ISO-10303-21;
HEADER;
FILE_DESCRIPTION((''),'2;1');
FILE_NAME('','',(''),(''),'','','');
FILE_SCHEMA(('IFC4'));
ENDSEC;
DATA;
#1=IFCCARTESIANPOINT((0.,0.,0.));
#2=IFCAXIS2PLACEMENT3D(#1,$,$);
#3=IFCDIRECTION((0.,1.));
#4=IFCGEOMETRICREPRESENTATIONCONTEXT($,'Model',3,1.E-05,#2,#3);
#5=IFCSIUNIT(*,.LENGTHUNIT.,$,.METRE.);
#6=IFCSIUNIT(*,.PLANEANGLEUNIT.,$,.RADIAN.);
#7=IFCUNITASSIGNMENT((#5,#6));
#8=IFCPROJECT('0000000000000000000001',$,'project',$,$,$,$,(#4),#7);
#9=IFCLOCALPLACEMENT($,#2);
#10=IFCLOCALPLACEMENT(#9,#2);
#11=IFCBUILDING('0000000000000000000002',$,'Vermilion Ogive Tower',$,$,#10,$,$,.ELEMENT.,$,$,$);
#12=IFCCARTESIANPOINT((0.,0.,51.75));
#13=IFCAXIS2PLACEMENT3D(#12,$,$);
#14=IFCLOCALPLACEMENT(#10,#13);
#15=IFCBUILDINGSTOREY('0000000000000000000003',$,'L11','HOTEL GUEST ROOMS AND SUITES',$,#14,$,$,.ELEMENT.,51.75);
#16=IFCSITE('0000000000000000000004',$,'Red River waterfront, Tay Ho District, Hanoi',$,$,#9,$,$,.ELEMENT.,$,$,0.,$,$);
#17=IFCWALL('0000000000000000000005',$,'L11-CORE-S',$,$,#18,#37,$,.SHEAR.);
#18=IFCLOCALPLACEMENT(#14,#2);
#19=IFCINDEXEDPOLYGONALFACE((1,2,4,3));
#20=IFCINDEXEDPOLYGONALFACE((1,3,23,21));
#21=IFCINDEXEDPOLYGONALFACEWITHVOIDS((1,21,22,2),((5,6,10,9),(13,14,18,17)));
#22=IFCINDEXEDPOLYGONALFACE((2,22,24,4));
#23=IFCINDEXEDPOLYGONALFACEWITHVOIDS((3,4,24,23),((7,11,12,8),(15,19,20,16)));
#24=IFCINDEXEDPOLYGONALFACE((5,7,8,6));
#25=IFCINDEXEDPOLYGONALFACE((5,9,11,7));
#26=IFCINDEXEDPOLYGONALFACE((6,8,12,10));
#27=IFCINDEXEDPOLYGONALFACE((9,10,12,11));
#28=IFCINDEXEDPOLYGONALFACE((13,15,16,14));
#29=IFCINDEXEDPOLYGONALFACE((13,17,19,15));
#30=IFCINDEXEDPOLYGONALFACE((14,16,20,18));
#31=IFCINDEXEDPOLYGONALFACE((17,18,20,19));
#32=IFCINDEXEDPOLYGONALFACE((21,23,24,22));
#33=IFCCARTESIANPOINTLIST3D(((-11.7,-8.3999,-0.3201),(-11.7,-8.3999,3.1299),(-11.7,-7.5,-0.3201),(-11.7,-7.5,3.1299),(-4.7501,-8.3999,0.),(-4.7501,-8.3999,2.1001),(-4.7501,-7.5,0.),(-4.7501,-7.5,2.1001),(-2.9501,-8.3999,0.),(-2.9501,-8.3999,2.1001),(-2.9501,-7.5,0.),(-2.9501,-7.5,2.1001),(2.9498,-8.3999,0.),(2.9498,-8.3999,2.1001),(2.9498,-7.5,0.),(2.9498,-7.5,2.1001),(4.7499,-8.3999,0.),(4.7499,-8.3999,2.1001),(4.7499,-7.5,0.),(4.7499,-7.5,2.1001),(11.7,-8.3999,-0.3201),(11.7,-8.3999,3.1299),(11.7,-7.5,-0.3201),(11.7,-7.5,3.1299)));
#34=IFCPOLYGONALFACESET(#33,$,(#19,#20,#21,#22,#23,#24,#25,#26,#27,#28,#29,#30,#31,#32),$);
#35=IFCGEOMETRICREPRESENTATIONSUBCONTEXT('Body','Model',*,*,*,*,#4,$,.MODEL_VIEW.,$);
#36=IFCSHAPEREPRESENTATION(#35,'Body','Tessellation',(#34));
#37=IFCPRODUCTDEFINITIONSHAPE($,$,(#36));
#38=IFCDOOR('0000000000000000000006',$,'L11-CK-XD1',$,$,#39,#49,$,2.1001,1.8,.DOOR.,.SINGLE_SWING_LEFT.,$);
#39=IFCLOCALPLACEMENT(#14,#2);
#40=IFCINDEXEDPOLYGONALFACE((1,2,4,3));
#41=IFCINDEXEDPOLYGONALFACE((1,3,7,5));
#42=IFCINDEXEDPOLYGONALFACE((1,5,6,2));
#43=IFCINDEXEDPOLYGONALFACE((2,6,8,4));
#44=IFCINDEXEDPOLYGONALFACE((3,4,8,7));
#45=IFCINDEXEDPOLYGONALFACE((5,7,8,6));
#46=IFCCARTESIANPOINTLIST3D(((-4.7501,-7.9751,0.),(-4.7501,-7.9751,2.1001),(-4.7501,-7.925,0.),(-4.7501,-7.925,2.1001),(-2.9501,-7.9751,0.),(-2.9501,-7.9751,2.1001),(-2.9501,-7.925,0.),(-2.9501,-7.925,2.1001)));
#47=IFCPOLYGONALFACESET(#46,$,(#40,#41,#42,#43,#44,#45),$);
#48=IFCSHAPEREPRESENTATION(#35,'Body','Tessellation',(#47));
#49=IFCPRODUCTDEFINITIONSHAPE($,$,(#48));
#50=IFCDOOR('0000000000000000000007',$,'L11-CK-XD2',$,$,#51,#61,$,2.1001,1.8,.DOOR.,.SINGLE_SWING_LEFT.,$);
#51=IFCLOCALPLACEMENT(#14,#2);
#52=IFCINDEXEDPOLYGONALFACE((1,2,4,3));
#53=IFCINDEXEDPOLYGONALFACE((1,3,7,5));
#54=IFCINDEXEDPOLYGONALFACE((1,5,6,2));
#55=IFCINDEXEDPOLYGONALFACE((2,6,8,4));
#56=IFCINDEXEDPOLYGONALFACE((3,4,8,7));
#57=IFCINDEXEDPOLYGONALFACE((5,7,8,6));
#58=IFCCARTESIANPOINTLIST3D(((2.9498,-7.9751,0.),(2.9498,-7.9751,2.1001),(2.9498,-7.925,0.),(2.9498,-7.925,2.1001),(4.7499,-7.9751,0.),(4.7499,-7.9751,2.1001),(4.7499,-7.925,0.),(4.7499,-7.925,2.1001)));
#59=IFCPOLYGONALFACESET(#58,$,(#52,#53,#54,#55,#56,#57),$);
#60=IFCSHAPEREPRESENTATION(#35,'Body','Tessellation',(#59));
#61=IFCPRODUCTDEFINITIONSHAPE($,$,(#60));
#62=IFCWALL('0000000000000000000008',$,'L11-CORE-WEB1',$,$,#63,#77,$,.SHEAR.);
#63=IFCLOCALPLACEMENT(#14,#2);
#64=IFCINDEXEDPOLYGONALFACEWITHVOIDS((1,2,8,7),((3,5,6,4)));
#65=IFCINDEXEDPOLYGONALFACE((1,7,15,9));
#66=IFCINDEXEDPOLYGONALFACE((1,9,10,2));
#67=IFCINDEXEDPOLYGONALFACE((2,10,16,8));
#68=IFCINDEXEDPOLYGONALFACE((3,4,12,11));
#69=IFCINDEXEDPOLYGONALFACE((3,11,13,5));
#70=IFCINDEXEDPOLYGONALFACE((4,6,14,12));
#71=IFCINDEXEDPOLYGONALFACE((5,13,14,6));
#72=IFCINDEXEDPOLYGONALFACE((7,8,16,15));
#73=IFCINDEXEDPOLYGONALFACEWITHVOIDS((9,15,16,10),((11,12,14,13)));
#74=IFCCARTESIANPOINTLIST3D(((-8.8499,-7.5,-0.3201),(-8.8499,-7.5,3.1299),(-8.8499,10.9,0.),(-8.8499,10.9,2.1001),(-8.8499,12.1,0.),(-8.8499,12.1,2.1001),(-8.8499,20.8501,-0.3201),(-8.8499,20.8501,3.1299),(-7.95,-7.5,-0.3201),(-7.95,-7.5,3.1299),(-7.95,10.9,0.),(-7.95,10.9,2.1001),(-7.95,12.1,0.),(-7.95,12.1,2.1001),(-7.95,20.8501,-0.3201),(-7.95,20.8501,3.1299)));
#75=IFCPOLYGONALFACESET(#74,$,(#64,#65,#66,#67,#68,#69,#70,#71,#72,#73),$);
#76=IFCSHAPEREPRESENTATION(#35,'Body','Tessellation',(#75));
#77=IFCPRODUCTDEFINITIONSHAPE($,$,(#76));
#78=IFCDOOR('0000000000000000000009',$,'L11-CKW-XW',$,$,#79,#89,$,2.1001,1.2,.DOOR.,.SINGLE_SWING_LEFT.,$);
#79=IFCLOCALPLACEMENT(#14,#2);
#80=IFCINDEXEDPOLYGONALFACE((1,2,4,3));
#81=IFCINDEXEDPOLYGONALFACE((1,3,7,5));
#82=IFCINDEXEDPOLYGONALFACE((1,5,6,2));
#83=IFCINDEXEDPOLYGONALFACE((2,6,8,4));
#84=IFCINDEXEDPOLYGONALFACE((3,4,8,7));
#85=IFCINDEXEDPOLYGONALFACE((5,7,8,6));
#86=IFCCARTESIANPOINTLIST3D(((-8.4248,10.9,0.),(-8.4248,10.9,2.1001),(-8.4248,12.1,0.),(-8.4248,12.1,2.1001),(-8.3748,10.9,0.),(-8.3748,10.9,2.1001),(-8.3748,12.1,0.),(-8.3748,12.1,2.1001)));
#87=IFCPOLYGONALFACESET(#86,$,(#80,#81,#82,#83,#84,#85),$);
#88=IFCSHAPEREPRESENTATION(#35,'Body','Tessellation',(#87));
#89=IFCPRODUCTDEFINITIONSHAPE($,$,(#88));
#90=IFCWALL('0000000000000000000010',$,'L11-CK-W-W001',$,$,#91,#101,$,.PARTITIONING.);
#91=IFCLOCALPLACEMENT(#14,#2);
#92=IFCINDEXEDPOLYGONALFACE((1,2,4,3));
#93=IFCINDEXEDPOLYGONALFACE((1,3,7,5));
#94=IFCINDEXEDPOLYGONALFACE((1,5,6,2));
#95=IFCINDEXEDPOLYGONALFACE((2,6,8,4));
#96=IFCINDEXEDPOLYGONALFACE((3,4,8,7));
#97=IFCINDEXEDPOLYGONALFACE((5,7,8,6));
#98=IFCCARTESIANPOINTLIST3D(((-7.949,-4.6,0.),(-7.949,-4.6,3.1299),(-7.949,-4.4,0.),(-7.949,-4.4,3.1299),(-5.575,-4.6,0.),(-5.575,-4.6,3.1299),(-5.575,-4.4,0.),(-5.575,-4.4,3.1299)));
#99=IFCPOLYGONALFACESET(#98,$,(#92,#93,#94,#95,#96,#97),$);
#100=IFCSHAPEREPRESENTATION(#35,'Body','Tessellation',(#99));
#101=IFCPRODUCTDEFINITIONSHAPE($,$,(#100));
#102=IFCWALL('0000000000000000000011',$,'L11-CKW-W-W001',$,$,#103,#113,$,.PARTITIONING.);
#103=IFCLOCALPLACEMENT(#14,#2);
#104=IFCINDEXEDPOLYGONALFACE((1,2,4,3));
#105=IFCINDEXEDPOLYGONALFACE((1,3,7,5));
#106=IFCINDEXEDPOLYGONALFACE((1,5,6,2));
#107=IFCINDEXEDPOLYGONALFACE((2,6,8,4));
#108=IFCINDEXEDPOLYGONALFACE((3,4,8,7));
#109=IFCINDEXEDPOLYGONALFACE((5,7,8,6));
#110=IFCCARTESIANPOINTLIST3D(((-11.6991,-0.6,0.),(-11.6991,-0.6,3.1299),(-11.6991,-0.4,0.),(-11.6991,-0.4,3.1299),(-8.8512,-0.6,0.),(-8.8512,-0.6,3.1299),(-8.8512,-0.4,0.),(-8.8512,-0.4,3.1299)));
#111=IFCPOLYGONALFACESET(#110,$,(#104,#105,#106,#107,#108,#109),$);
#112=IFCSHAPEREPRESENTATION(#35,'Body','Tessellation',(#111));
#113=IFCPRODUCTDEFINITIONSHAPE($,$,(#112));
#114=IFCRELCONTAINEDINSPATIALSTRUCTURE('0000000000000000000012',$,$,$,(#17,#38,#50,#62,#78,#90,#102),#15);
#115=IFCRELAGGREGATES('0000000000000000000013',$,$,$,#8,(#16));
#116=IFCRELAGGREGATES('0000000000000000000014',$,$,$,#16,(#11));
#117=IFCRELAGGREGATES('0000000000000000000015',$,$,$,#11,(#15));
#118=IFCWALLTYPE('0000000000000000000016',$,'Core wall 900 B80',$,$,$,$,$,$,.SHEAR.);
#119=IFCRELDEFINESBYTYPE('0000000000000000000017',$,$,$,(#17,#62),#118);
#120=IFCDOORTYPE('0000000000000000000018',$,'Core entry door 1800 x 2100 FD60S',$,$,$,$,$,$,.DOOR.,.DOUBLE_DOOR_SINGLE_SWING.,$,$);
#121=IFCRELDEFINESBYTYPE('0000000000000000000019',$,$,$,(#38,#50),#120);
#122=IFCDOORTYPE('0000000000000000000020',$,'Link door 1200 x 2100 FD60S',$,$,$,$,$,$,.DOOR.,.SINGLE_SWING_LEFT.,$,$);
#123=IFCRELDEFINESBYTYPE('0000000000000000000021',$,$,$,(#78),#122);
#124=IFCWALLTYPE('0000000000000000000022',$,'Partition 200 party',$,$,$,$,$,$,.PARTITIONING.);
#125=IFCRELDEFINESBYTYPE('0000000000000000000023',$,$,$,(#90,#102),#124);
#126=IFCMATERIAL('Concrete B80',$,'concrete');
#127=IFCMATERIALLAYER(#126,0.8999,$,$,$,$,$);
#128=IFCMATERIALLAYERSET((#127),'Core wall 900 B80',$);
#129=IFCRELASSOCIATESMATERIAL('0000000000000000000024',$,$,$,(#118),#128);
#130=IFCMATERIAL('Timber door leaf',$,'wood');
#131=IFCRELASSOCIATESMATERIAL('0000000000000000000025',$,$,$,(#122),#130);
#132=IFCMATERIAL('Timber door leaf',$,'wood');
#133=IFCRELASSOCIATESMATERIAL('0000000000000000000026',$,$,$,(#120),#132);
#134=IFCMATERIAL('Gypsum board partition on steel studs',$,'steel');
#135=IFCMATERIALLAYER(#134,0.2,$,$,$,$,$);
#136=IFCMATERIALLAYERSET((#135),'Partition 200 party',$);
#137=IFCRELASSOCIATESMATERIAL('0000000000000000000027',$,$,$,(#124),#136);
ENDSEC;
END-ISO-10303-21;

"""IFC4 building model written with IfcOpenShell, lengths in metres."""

from ifc_helpers import new_model, si_unit, direction, frame, frame_2d, origin, place, context, subcontext, project, spatial, rectangle, extrude, material, layer, layer_set, type_object, element, fill, save


model = new_model("IFC4")

# Units and contexts
model_context = context("Model", 3, precision=1e-05, world=origin(), true_north=direction((0.0, 1.0)))
body_context = subcontext(model_context, "Body", "Model", "MODEL_VIEW")
ifc_project = project(units=[si_unit("LENGTHUNIT", "METRE"), si_unit("PLANEANGLEUNIT", "RADIAN")], contexts=[model_context])

# Site, building, storey
site_placement = place(None, origin())
site = spatial("IfcSite", under=ifc_project, at=site_placement, Name="Red River waterfront, Tay Ho District, Hanoi", CompositionType="ELEMENT", RefElevation=0.0)
building_placement = place(site_placement, origin())
building = spatial("IfcBuilding", under=site, at=building_placement, Name="Vermilion Ogive Tower", CompositionType="ELEMENT")
storey_placement = place(building_placement, frame((0.0, 0.0, 51.75)))
storey = spatial("IfcBuildingStorey", under=building, at=storey_placement, Name="L11", Description="HOTEL GUEST ROOMS AND SUITES", CompositionType="ELEMENT", Elevation=51.75)

# Wall, openings, doors
ifc_material_1 = material(Name="Concrete B80", Category="concrete")
ifc_layer_1 = layer(ifc_material_1, 0.8999)
ifc_layer_set_1 = layer_set([ifc_layer_1], Name="Core wall 900 B80")
wall_type_1 = type_object("IfcWallType", Name="Core wall 900 B80", PredefinedType="SHEAR", material=ifc_layer_set_1)
ifc_material_2 = material(Name="Timber door leaf", Category="wood")
door_type_1 = type_object("IfcDoorType", Name="Link door 1200 x 2100 FD60S", OperationType="SINGLE_SWING_LEFT", PredefinedType="DOOR", material=ifc_material_2)
wall_1_placement = place(storey_placement, frame((-11.7, -7.95, -0.3201), z_axis=(0.0, 0.0, 1.0), x_axis=(1.0, 0.0, 0.0)))
wall_1 = element("IfcWall", 1, at=wall_1_placement, inside=storey, type_object=wall_type_1, Name="L11-CORE-S", PredefinedType="SHEAR", context=body_context, shape_type="SweptSolid", body=[
    extrude(rectangle(XDim=23.3999, YDim=0.8999, at=frame_2d((11.7, 0.0))), origin(), (0.0, 0.0, 1.0), 3.45),
])
opening_1_placement = place(wall_1_placement, frame((6.95, 0.0, 0.3201)))
opening_1 = element("IfcOpeningElement", 2, at=opening_1_placement, cuts=wall_1, PredefinedType="OPENING", context=body_context, shape_type="SweptSolid", body=[
    extrude(rectangle(XDim=1.8, YDim=2.1001, at=frame_2d((0.8999, 1.05))), frame((0.0, 0.46, 0.0), z_axis=(0.0, -1.0, 0.0), x_axis=(1.0, 0.0, 0.0)), (0.0, 0.0, 1.0), 0.9199),
])
opening_2_placement = place(wall_1_placement, frame((14.6499, 0.0, 0.3201)))
opening_2 = element("IfcOpeningElement", 3, at=opening_2_placement, cuts=wall_1, PredefinedType="OPENING", context=body_context, shape_type="SweptSolid", body=[
    extrude(rectangle(XDim=1.8, YDim=2.1001, at=frame_2d((0.8999, 1.05))), frame((0.0, 0.46, 0.0), z_axis=(0.0, -1.0, 0.0), x_axis=(1.0, 0.0, 0.0)), (0.0, 0.0, 1.0), 0.9199),
])
ifc_material_3 = material(Name="Timber door leaf", Category="wood")
door_type_2 = type_object("IfcDoorType", Name="Core entry door 1800 x 2100 FD60S", OperationType="DOUBLE_DOOR_SINGLE_SWING", PredefinedType="DOOR", material=ifc_material_3)
door_1_placement = place(opening_1_placement, origin())
door_1 = element("IfcDoor", 4, at=door_1_placement, inside=storey, type_object=door_type_2, Name="L11-CK-XD1", OperationType="SINGLE_SWING_LEFT", OverallHeight=2.1001, OverallWidth=1.8, PredefinedType="DOOR", context=body_context, shape_type="SweptSolid", body=[
    extrude(rectangle(XDim=1.8, YDim=2.1001, at=frame_2d((0.8999, 1.05))), frame((0.0, 0.0249, 0.0), z_axis=(0.0, -1.0, 0.0), x_axis=(1.0, 0.0, 0.0)), (0.0, 0.0, 1.0), 0.05),
])
fill(opening_1, door_1)
door_2_placement = place(opening_2_placement, origin())
door_2 = element("IfcDoor", 5, at=door_2_placement, inside=storey, type_object=door_type_2, Name="L11-CK-XD2", OperationType="SINGLE_SWING_LEFT", OverallHeight=2.1001, OverallWidth=1.8, PredefinedType="DOOR", context=body_context, shape_type="SweptSolid", body=[
    extrude(rectangle(XDim=1.8, YDim=2.1001, at=frame_2d((0.8999, 1.05))), frame((0.0, 0.0249, 0.0), z_axis=(0.0, -1.0, 0.0), x_axis=(1.0, 0.0, 0.0)), (0.0, 0.0, 1.0), 0.05),
])
fill(opening_2, door_2)

# Wall, opening, door
wall_2_placement = place(storey_placement, frame((-8.3999, -7.5, -0.3201), z_axis=(0.0, 0.0, 1.0), x_axis=(0.0, 1.0, 0.0)))
wall_2 = element("IfcWall", 6, at=wall_2_placement, inside=storey, type_object=wall_type_1, Name="L11-CORE-WEB1", PredefinedType="SHEAR", context=body_context, shape_type="SweptSolid", body=[
    extrude(rectangle(XDim=28.3501, YDim=0.8999, at=frame_2d((14.175, 0.0))), origin(), (0.0, 0.0, 1.0), 3.45),
])
opening_3_placement = place(wall_2_placement, frame((18.3999, 0.0, 0.3201)))
opening_3 = element("IfcOpeningElement", 7, at=opening_3_placement, cuts=wall_2, PredefinedType="OPENING", context=body_context, shape_type="SweptSolid", body=[
    extrude(rectangle(XDim=1.2, YDim=2.1001, at=frame_2d((0.6001, 1.05))), frame((0.0, 0.46, 0.0), z_axis=(0.0, -1.0, 0.0), x_axis=(1.0, 0.0, 0.0)), (0.0, 0.0, 1.0), 0.9199),
])
door_3_placement = place(opening_3_placement, origin())
door_3 = element("IfcDoor", 8, at=door_3_placement, inside=storey, type_object=door_type_1, Name="L11-CKW-XW", OperationType="SINGLE_SWING_LEFT", OverallHeight=2.1001, OverallWidth=1.2, PredefinedType="DOOR", context=body_context, shape_type="SweptSolid", body=[
    extrude(rectangle(XDim=1.2, YDim=2.1001, at=frame_2d((0.6001, 1.05))), frame((0.0, 0.0249, 0.0), z_axis=(0.0, -1.0, 0.0), x_axis=(1.0, 0.0, 0.0)), (0.0, 0.0, 1.0), 0.05),
])
fill(opening_3, door_3)

# Walls
ifc_material_4 = material(Name="Gypsum board partition on steel studs", Category="steel")
ifc_layer_2 = layer(ifc_material_4, 0.2)
ifc_layer_set_2 = layer_set([ifc_layer_2], Name="Partition 200 party")
wall_type_2 = type_object("IfcWallType", Name="Partition 200 party", PredefinedType="PARTITIONING", material=ifc_layer_set_2)
wall_3_placement = place(storey_placement, frame((-7.949, -4.5, 0.0), z_axis=(0.0, 0.0, 1.0), x_axis=(1.0, 0.0, 0.0)))
element("IfcWall", 9, at=wall_3_placement, inside=storey, type_object=wall_type_2, Name="L11-CK-W-W001", PredefinedType="PARTITIONING", context=body_context, shape_type="SweptSolid", body=[
    extrude(rectangle(XDim=2.374, YDim=0.2, at=frame_2d((1.187, 0.0))), origin(), (0.0, 0.0, 1.0), 3.1299),
])
wall_4_placement = place(storey_placement, frame((-11.699, -0.5, 0.0), z_axis=(0.0, 0.0, 1.0), x_axis=(1.0, 0.0, 0.0)))
element("IfcWall", 10, at=wall_4_placement, inside=storey, type_object=wall_type_2, Name="L11-CKW-W-W001", PredefinedType="PARTITIONING", context=body_context, shape_type="SweptSolid", body=[
    extrude(rectangle(XDim=2.8479, YDim=0.2, at=frame_2d((1.4238, 0.0))), origin(), (0.0, 0.0, 1.0), 3.1299),
])

save(model, "model.ifc")
